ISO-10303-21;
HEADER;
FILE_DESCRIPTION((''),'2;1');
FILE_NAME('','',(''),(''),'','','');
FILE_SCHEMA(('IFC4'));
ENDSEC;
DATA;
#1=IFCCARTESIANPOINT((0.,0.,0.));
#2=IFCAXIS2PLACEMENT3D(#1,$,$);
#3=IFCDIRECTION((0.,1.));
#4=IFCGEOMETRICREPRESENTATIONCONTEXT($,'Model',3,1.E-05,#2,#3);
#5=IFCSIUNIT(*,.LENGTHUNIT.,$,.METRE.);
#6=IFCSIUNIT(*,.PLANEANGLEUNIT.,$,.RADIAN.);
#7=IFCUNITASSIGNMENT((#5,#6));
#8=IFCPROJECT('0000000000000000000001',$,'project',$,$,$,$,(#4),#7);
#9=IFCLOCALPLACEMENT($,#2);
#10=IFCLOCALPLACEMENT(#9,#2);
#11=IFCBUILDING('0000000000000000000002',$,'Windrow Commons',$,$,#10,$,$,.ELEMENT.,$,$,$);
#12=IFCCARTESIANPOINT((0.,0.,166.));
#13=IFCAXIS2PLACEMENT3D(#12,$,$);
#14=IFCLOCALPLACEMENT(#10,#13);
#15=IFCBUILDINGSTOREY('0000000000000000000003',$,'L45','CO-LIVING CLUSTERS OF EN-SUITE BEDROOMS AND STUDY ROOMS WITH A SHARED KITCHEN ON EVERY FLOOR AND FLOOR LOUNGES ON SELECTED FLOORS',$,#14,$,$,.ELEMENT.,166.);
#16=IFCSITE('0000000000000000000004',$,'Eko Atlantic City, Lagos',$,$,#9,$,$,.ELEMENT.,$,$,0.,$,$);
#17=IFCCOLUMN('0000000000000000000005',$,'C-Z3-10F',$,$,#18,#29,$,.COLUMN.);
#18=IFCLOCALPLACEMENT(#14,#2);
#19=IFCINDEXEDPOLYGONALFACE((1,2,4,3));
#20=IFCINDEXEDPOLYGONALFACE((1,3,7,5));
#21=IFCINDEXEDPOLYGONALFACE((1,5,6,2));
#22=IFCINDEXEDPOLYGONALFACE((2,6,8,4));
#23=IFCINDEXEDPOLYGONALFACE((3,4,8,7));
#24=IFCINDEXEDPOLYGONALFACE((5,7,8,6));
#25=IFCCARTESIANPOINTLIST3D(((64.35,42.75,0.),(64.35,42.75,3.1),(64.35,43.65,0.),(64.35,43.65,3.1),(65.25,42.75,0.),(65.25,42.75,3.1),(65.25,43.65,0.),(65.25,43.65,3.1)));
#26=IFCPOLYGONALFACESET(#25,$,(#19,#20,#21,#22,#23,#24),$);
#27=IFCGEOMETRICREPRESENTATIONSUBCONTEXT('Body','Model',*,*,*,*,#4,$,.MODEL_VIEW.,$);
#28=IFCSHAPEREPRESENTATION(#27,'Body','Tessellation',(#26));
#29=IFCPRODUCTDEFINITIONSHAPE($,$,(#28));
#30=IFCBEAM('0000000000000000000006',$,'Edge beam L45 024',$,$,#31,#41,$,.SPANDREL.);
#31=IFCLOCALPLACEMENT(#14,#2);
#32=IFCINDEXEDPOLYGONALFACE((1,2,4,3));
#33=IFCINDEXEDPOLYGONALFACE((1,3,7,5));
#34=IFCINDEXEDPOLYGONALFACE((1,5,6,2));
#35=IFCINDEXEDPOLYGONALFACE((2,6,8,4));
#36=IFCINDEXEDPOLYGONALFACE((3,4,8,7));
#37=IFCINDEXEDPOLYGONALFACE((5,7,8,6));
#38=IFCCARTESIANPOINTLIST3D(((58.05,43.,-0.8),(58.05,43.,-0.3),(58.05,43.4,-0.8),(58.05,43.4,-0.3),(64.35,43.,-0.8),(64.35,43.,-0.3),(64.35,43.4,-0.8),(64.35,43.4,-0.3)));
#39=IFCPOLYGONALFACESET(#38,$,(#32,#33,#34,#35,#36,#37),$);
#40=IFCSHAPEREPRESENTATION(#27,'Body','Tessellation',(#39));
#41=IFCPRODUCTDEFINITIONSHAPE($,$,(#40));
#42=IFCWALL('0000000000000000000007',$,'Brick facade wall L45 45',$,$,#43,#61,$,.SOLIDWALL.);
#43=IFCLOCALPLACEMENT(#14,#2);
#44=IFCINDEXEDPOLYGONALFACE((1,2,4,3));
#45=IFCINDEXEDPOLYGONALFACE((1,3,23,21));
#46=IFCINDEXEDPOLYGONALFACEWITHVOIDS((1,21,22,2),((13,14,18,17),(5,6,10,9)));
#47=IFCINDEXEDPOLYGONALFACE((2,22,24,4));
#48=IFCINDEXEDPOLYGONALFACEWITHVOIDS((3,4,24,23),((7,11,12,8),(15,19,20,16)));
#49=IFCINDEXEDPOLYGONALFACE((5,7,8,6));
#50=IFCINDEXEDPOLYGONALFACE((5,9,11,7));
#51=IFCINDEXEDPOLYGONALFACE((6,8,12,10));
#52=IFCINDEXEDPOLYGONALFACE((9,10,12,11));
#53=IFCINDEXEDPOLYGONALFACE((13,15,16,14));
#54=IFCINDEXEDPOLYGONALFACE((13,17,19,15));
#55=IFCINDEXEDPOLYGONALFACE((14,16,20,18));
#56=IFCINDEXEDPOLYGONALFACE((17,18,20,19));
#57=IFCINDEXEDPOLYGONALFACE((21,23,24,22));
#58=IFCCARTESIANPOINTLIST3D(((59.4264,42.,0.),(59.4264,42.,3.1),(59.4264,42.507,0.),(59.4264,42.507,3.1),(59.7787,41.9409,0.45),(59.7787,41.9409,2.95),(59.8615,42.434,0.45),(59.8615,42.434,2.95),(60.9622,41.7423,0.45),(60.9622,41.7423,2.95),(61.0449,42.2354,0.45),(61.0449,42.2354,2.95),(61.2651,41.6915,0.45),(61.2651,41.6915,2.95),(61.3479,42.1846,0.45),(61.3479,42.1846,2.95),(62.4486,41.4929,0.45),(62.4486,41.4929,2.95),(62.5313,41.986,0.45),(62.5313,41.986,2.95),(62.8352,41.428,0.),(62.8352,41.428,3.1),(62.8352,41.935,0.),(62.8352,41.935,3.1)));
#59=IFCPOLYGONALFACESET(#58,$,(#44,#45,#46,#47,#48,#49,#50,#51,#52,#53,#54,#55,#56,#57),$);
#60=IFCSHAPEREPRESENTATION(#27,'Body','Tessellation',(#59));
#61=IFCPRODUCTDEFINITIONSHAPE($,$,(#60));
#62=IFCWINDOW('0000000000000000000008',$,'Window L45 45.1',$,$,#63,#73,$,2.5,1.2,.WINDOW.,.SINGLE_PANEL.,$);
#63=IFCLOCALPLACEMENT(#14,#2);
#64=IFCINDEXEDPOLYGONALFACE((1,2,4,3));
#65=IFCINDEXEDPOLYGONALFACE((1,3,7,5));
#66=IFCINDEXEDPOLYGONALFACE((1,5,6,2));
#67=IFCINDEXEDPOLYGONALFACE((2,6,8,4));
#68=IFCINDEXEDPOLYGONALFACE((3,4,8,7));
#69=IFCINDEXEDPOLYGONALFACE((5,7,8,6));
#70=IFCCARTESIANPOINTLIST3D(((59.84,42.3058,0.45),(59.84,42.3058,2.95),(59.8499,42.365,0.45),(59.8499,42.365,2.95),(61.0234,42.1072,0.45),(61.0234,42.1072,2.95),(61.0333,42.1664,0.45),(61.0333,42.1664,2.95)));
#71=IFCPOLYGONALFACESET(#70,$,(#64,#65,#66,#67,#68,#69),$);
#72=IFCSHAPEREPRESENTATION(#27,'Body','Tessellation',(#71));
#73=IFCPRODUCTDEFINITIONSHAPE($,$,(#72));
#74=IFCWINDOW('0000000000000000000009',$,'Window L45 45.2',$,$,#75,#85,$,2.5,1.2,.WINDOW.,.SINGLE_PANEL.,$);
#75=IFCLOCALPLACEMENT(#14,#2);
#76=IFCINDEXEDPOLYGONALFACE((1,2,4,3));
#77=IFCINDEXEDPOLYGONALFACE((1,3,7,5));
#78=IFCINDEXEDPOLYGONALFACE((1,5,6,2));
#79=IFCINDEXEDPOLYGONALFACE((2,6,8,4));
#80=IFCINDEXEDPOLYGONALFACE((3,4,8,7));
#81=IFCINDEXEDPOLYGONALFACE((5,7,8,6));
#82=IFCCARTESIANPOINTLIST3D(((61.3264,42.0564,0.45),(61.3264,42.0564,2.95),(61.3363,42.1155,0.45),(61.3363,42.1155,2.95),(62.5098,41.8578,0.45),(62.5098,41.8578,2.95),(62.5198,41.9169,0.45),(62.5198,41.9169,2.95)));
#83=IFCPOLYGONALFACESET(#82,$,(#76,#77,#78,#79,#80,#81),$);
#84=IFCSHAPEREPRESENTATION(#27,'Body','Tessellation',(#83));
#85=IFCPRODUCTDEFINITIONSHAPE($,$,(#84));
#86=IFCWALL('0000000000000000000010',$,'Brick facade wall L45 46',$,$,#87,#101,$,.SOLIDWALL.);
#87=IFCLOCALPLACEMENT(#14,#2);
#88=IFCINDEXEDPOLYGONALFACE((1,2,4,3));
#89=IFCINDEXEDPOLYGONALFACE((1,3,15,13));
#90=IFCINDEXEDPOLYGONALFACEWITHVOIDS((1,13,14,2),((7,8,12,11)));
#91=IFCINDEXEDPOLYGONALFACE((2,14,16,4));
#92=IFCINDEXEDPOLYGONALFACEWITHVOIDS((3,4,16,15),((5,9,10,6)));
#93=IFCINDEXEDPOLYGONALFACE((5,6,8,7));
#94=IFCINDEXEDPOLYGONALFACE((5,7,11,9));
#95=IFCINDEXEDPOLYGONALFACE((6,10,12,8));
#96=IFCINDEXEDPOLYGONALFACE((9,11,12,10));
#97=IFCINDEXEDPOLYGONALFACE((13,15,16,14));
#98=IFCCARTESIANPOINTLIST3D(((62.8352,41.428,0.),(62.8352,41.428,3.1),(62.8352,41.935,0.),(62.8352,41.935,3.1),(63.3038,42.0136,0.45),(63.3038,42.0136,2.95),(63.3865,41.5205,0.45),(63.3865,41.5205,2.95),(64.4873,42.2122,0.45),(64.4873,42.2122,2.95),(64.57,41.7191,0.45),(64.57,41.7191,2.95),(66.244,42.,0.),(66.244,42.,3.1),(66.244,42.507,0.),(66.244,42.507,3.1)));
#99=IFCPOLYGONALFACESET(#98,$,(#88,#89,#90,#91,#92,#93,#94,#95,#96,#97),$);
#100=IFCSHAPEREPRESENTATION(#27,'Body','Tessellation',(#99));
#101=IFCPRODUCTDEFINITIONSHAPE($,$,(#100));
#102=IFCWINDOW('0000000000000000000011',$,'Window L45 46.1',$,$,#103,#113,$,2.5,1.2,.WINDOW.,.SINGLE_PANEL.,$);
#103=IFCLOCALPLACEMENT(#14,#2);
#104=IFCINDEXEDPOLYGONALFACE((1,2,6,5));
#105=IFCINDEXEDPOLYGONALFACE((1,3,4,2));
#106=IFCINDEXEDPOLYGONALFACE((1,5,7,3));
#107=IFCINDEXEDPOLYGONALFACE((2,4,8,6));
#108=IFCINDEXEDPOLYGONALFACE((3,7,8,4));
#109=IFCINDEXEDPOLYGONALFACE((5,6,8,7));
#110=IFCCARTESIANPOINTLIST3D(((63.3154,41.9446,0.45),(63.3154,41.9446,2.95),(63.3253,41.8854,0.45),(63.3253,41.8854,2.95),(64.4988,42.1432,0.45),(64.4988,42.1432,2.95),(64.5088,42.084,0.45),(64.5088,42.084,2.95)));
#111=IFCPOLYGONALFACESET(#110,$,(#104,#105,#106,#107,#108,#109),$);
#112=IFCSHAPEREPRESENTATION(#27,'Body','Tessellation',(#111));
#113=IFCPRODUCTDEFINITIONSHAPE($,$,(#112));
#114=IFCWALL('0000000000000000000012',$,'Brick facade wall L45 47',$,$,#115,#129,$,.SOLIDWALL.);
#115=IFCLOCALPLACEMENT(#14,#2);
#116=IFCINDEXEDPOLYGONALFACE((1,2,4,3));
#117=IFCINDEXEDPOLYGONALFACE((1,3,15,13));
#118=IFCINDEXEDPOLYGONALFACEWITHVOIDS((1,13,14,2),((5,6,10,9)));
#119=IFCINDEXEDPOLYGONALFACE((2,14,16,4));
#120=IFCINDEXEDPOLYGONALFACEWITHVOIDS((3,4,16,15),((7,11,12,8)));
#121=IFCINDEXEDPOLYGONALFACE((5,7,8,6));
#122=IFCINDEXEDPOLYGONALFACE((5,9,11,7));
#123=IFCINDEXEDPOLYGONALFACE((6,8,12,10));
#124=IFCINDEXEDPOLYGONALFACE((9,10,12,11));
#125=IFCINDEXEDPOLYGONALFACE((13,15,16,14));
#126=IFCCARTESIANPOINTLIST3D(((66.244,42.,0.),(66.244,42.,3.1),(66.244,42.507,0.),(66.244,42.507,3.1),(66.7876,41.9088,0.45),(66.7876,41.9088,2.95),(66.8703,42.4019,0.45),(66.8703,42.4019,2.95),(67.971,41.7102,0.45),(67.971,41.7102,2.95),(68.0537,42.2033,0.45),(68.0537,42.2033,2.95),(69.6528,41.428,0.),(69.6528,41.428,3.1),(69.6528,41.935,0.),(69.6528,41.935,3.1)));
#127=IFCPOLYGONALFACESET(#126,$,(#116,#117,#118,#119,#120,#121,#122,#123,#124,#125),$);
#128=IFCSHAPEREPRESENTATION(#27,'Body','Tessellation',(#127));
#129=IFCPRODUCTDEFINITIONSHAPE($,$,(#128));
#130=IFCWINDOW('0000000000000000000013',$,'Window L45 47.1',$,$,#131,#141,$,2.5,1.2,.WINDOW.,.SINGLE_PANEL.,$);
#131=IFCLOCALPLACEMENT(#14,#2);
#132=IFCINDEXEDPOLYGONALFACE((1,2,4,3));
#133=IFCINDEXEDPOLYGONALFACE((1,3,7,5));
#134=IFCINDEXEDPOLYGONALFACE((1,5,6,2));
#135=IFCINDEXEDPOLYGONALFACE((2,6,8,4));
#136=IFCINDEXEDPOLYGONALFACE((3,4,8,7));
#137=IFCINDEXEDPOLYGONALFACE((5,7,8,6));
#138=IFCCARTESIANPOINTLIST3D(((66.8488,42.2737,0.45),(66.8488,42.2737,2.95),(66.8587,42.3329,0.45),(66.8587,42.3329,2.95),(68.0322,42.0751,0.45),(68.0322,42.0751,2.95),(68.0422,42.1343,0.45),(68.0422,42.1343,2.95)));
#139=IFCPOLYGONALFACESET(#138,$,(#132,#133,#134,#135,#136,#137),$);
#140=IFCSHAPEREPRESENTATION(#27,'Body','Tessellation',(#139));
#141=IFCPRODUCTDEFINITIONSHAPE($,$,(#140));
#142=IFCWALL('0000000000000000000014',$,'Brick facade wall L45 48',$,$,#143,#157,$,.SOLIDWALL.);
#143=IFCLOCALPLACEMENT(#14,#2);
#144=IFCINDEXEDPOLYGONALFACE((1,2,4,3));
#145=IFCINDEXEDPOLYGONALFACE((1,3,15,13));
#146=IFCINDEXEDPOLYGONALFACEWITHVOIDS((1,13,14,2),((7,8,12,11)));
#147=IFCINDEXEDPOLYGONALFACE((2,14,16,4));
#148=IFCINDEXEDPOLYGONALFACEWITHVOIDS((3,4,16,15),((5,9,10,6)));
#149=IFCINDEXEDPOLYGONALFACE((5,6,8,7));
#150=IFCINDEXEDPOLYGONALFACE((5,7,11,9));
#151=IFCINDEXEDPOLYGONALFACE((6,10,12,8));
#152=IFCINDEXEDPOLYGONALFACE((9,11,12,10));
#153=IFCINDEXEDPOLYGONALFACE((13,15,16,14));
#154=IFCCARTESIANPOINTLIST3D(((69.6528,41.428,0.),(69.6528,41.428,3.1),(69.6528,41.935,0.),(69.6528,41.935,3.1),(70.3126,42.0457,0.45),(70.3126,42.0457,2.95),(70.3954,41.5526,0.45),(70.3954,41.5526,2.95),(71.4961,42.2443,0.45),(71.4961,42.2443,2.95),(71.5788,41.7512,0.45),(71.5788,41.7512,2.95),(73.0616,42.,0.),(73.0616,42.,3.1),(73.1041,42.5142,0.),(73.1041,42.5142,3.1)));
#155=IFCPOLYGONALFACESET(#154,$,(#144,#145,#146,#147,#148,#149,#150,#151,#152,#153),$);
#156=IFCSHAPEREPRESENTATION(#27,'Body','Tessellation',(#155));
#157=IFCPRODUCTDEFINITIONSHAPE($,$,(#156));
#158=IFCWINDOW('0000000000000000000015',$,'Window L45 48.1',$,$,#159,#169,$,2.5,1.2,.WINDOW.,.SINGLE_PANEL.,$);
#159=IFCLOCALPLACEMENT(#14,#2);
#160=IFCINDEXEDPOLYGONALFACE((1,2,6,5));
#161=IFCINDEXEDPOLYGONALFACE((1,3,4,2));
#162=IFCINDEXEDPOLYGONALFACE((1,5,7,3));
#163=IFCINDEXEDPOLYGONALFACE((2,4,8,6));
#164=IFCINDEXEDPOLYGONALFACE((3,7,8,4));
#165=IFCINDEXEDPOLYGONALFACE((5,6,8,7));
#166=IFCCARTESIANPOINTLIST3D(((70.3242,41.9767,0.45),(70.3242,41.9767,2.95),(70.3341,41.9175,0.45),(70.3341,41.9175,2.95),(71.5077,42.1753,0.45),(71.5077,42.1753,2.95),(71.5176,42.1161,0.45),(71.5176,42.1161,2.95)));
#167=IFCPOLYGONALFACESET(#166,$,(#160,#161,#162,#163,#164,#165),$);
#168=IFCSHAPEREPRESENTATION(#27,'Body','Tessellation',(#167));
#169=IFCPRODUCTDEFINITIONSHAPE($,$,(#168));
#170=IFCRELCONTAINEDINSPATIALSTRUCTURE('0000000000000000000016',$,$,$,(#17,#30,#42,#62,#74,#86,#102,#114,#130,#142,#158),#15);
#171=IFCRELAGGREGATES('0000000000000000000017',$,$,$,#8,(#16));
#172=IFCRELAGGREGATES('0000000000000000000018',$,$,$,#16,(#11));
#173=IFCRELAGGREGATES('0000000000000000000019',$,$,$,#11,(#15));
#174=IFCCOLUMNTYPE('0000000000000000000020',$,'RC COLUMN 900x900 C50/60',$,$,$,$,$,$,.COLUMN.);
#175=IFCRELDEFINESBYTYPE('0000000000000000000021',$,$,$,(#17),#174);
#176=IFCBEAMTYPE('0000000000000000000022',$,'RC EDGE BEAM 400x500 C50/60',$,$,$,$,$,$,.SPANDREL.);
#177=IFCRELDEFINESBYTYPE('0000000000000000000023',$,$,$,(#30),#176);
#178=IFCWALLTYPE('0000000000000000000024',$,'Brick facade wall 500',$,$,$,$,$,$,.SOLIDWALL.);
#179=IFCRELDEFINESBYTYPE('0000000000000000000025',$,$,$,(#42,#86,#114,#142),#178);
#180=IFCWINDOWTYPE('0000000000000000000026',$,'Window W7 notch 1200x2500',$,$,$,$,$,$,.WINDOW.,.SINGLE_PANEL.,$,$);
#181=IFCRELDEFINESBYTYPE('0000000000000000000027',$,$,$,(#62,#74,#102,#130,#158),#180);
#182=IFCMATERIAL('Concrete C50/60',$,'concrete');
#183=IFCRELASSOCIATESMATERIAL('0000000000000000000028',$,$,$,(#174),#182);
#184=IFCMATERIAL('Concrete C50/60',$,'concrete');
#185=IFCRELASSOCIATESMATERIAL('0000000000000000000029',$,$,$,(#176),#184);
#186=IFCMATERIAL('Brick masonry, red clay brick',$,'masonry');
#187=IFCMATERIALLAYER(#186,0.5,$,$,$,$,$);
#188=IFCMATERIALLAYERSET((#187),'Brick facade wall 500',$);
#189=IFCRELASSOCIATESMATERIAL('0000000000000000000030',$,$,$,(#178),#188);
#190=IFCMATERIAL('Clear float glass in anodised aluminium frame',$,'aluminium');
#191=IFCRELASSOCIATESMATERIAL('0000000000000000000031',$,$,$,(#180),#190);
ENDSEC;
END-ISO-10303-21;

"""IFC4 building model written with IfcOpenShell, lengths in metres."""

from ifc_helpers import new_model, si_unit, direction, frame, frame_2d, origin, origin_2d, place, context, subcontext, project, spatial, polyline, rectangle, outline, extrude, material, layer, layer_set, material_profile, profile_set, type_object, element, fill, save


model = new_model("IFC4")

# Units and contexts
model_context = context("Model", 3, precision=1e-05, world=origin(), true_north=direction((0.0, 1.0)))
body_context = subcontext(model_context, "Body", "Model", "MODEL_VIEW")
ifc_project = project(units=[si_unit("LENGTHUNIT", "METRE"), si_unit("PLANEANGLEUNIT", "RADIAN")], contexts=[model_context])

# Site, building, storey
site_placement = place(None, origin())
site = spatial("IfcSite", under=ifc_project, at=site_placement, Name="Eko Atlantic City, Lagos", CompositionType="ELEMENT", RefElevation=0.0)
building_placement = place(site_placement, origin())
building = spatial("IfcBuilding", under=site, at=building_placement, Name="Windrow Commons", CompositionType="ELEMENT")
storey_placement = place(building_placement, frame((0.0, 0.0, 166.0)))
storey = spatial("IfcBuildingStorey", under=building, at=storey_placement, Name="L45", Description="CO-LIVING CLUSTERS OF EN-SUITE BEDROOMS AND STUDY ROOMS WITH A SHARED KITCHEN ON EVERY FLOOR AND FLOOR LOUNGES ON SELECTED FLOORS", CompositionType="ELEMENT", Elevation=166.0)

# Column
ifc_material_1 = material(Name="Concrete C50/60", Category="concrete")
ifc_material_profile_1 = material_profile(ifc_material_1, rectangle(XDim=0.9, YDim=0.9, at=origin_2d()))
ifc_profile_set_1 = profile_set([ifc_material_profile_1], Name="Concrete C50/60")
column_type = type_object("IfcColumnType", Name="RC COLUMN 900x900 C50/60", PredefinedType="COLUMN", material=ifc_profile_set_1)
column_placement = place(storey_placement, frame((64.8, 43.2, 0.0), z_axis=(0.0, 0.0, 1.0), x_axis=(1.0, 0.0, 0.0)))
element("IfcColumn", 1, at=column_placement, inside=storey, type_object=column_type, Name="C-Z3-10F", PredefinedType="COLUMN", context=body_context, shape_type="SweptSolid", body=[
    extrude(rectangle(XDim=0.9, YDim=0.9, at=origin_2d()), origin(), (0.0, 0.0, 1.0), 3.1),
])

# Beam
ifc_material_2 = material(Name="Concrete C50/60", Category="concrete")
ifc_material_profile_2 = material_profile(ifc_material_2, rectangle(XDim=0.4, YDim=0.5, at=origin_2d()))
ifc_profile_set_2 = profile_set([ifc_material_profile_2], Name="Concrete C50/60")
beam_type = type_object("IfcBeamType", Name="RC EDGE BEAM 400x500 C50/60", PredefinedType="SPANDREL", material=ifc_profile_set_2)
beam_placement = place(storey_placement, frame((64.35, 43.2, -0.55), z_axis=(-1.0, 0.0, 0.0), x_axis=(0.0, -1.0, 0.0)))
element("IfcBeam", 2, at=beam_placement, inside=storey, type_object=beam_type, Name="Edge beam L45 024", PredefinedType="SPANDREL", context=body_context, shape_type="SweptSolid", body=[
    extrude(rectangle(XDim=0.4, YDim=0.5, at=origin_2d()), origin(), (0.0, 0.0, 1.0), 6.3),
])

# Wall, openings, windows
ifc_material_3 = material(Name="Brick masonry, red clay brick", Category="masonry")
ifc_layer_1 = layer(ifc_material_3, 0.5)
ifc_layer_set_1 = layer_set([ifc_layer_1], Name="Brick facade wall 500")
wall_type_1 = type_object("IfcWallType", Name="Brick facade wall 500", PredefinedType="SOLIDWALL", material=ifc_layer_set_1)
wall_1_placement = place(storey_placement, frame((59.4264, 42.2535, 0.0), z_axis=(0.0, 0.0, 1.0), x_axis=(0.986212, -0.165487, 0.0)))
wall_1 = element("IfcWall", 3, at=wall_1_placement, inside=storey, type_object=wall_type_1, Name="Brick facade wall L45 45", PredefinedType="SOLIDWALL", context=body_context, shape_type="SweptSolid", body=[
    extrude(outline(polyline([(0.042, -0.25), (3.4984, -0.25), (3.4145, 0.25), (-0.042, 0.25), (0.042, -0.25)])), origin(), (0.0, 0.0, 1.0), 3.1),
])
opening_1_placement = place(wall_1_placement, frame((0.3992, 0.0, 0.45)))
opening_1 = element("IfcOpeningElement", 4, at=opening_1_placement, cuts=wall_1, PredefinedType="OPENING", context=body_context, shape_type="SweptSolid", body=[
    extrude(rectangle(XDim=1.2, YDim=2.5, at=frame_2d((0.6, 1.25))), frame((0.0, 0.26, 0.0), z_axis=(0.0, -1.0, 0.0), x_axis=(1.0, 0.0, 0.0)), (0.0, 0.0, 1.0), 0.52),
])
opening_2_placement = place(wall_1_placement, frame((1.9064, 0.0, 0.45)))
opening_2 = element("IfcOpeningElement", 5, at=opening_2_placement, cuts=wall_1, PredefinedType="OPENING", context=body_context, shape_type="SweptSolid", body=[
    extrude(rectangle(XDim=1.2, YDim=2.5, at=frame_2d((0.6, 1.25))), frame((0.0, 0.26, 0.0), z_axis=(0.0, -1.0, 0.0), x_axis=(1.0, 0.0, 0.0)), (0.0, 0.0, 1.0), 0.52),
])
ifc_material_4 = material(Name="Clear float glass in anodised aluminium frame", Category="aluminium")
window_type = type_object("IfcWindowType", Name="Window W7 notch 1200x2500", PartitioningType="SINGLE_PANEL", PredefinedType="WINDOW", material=ifc_material_4)
window_1_placement = place(opening_1_placement, origin())
window_1 = element("IfcWindow", 6, at=window_1_placement, inside=storey, type_object=window_type, Name="Window L45 45.1", OverallHeight=2.5, OverallWidth=1.2, PartitioningType="SINGLE_PANEL", PredefinedType="WINDOW", context=body_context, shape_type="SweptSolid", body=[
    extrude(rectangle(XDim=1.2, YDim=2.5, at=frame_2d((0.6, 1.25))), frame((0.0, 0.18, 0.0), z_axis=(0.0, -1.0, 0.0), x_axis=(1.0, 0.0, 0.0)), (0.0, 0.0, 1.0), 0.06),
])
fill(opening_1, window_1)
window_2_placement = place(opening_2_placement, origin())
window_2 = element("IfcWindow", 7, at=window_2_placement, inside=storey, type_object=window_type, Name="Window L45 45.2", OverallHeight=2.5, OverallWidth=1.2, PartitioningType="SINGLE_PANEL", PredefinedType="WINDOW", context=body_context, shape_type="SweptSolid", body=[
    extrude(rectangle(XDim=1.2, YDim=2.5, at=frame_2d((0.6, 1.25))), frame((0.0, 0.18, 0.0), z_axis=(0.0, -1.0, 0.0), x_axis=(1.0, 0.0, 0.0)), (0.0, 0.0, 1.0), 0.06),
])
fill(opening_2, window_2)

# Walls, openings, windows
wall_2_placement = place(storey_placement, frame((62.8352, 41.6815, 0.0), z_axis=(0.0, 0.0, 1.0), x_axis=(0.986212, 0.165487, 0.0)))
wall_2 = element("IfcWall", 8, at=wall_2_placement, inside=storey, type_object=wall_type_1, Name="Brick facade wall L45 46", PredefinedType="SOLIDWALL", context=body_context, shape_type="SweptSolid", body=[
    extrude(outline(polyline([(-0.042, -0.25), (3.4145, -0.25), (3.4984, 0.25), (0.042, 0.25), (-0.042, -0.25)])), origin(), (0.0, 0.0, 1.0), 3.1),
])
opening_3_placement = place(wall_2_placement, frame((0.5171, 0.0, 0.45)))
opening_3 = element("IfcOpeningElement", 9, at=opening_3_placement, cuts=wall_2, PredefinedType="OPENING", context=body_context, shape_type="SweptSolid", body=[
    extrude(rectangle(XDim=1.2, YDim=2.5, at=frame_2d((0.6, 1.25))), frame((0.0, 0.26, 0.0), z_axis=(0.0, -1.0, 0.0), x_axis=(1.0, 0.0, 0.0)), (0.0, 0.0, 1.0), 0.52),
])
window_3_placement = place(opening_3_placement, origin())
window_3 = element("IfcWindow", 10, at=window_3_placement, inside=storey, type_object=window_type, Name="Window L45 46.1", OverallHeight=2.5, OverallWidth=1.2, PartitioningType="SINGLE_PANEL", PredefinedType="WINDOW", context=body_context, shape_type="SweptSolid", body=[
    extrude(rectangle(XDim=1.2, YDim=2.5, at=frame_2d((0.6, 1.25))), frame((0.0, 0.18, 0.0), z_axis=(0.0, -1.0, 0.0), x_axis=(1.0, 0.0, 0.0)), (0.0, 0.0, 1.0), 0.06),
])
fill(opening_3, window_3)
wall_3_placement = place(storey_placement, frame((66.244, 42.2535, 0.0), z_axis=(0.0, 0.0, 1.0), x_axis=(0.986212, -0.165487, 0.0)))
wall_3 = element("IfcWall", 11, at=wall_3_placement, inside=storey, type_object=wall_type_1, Name="Brick facade wall L45 47", PredefinedType="SOLIDWALL", context=body_context, shape_type="SweptSolid", body=[
    extrude(outline(polyline([(0.042, -0.25), (3.4984, -0.25), (3.4145, 0.25), (-0.042, 0.25), (0.042, -0.25)])), origin(), (0.0, 0.0, 1.0), 3.1),
])
opening_4_placement = place(wall_3_placement, frame((0.5931, 0.0, 0.45)))
opening_4 = element("IfcOpeningElement", 12, at=opening_4_placement, cuts=wall_3, PredefinedType="OPENING", context=body_context, shape_type="SweptSolid", body=[
    extrude(rectangle(XDim=1.2, YDim=2.5, at=frame_2d((0.6, 1.25))), frame((0.0, 0.26, 0.0), z_axis=(0.0, -1.0, 0.0), x_axis=(1.0, 0.0, 0.0)), (0.0, 0.0, 1.0), 0.52),
])
window_4_placement = place(opening_4_placement, origin())
window_4 = element("IfcWindow", 13, at=window_4_placement, inside=storey, type_object=window_type, Name="Window L45 47.1", OverallHeight=2.5, OverallWidth=1.2, PartitioningType="SINGLE_PANEL", PredefinedType="WINDOW", context=body_context, shape_type="SweptSolid", body=[
    extrude(rectangle(XDim=1.2, YDim=2.5, at=frame_2d((0.6, 1.25))), frame((0.0, 0.18, 0.0), z_axis=(0.0, -1.0, 0.0), x_axis=(1.0, 0.0, 0.0)), (0.0, 0.0, 1.0), 0.06),
])
fill(opening_4, window_4)
wall_4_placement = place(storey_placement, frame((69.6528, 41.6815, 0.0), z_axis=(0.0, 0.0, 1.0), x_axis=(0.986211, 0.165495, 0.0)))
wall_4 = element("IfcWall", 14, at=wall_4_placement, inside=storey, type_object=wall_type_1, Name="Brick facade wall L45 48", PredefinedType="SOLIDWALL", context=body_context, shape_type="SweptSolid", body=[
    extrude(outline(polyline([(-0.042, -0.25), (3.4145, -0.25), (3.5415, 0.25), (0.042, 0.25), (-0.042, -0.25)])), origin(), (0.0, 0.0, 1.0), 3.1),
])
opening_5_placement = place(wall_4_placement, frame((0.711, 0.0, 0.45)))
opening_5 = element("IfcOpeningElement", 15, at=opening_5_placement, cuts=wall_4, PredefinedType="OPENING", context=body_context, shape_type="SweptSolid", body=[
    extrude(rectangle(XDim=1.2, YDim=2.5, at=frame_2d((0.6, 1.25))), frame((0.0, 0.26, 0.0), z_axis=(0.0, -1.0, 0.0), x_axis=(1.0, 0.0, 0.0)), (0.0, 0.0, 1.0), 0.52),
])
window_5_placement = place(opening_5_placement, origin())
window_5 = element("IfcWindow", 16, at=window_5_placement, inside=storey, type_object=window_type, Name="Window L45 48.1", OverallHeight=2.5, OverallWidth=1.2, PartitioningType="SINGLE_PANEL", PredefinedType="WINDOW", context=body_context, shape_type="SweptSolid", body=[
    extrude(rectangle(XDim=1.2, YDim=2.5, at=frame_2d((0.6, 1.25))), frame((0.0, 0.18, 0.0), z_axis=(0.0, -1.0, 0.0), x_axis=(1.0, 0.0, 0.0)), (0.0, 0.0, 1.0), 0.06),
])
fill(opening_5, window_5)

save(model, "model.ifc")
